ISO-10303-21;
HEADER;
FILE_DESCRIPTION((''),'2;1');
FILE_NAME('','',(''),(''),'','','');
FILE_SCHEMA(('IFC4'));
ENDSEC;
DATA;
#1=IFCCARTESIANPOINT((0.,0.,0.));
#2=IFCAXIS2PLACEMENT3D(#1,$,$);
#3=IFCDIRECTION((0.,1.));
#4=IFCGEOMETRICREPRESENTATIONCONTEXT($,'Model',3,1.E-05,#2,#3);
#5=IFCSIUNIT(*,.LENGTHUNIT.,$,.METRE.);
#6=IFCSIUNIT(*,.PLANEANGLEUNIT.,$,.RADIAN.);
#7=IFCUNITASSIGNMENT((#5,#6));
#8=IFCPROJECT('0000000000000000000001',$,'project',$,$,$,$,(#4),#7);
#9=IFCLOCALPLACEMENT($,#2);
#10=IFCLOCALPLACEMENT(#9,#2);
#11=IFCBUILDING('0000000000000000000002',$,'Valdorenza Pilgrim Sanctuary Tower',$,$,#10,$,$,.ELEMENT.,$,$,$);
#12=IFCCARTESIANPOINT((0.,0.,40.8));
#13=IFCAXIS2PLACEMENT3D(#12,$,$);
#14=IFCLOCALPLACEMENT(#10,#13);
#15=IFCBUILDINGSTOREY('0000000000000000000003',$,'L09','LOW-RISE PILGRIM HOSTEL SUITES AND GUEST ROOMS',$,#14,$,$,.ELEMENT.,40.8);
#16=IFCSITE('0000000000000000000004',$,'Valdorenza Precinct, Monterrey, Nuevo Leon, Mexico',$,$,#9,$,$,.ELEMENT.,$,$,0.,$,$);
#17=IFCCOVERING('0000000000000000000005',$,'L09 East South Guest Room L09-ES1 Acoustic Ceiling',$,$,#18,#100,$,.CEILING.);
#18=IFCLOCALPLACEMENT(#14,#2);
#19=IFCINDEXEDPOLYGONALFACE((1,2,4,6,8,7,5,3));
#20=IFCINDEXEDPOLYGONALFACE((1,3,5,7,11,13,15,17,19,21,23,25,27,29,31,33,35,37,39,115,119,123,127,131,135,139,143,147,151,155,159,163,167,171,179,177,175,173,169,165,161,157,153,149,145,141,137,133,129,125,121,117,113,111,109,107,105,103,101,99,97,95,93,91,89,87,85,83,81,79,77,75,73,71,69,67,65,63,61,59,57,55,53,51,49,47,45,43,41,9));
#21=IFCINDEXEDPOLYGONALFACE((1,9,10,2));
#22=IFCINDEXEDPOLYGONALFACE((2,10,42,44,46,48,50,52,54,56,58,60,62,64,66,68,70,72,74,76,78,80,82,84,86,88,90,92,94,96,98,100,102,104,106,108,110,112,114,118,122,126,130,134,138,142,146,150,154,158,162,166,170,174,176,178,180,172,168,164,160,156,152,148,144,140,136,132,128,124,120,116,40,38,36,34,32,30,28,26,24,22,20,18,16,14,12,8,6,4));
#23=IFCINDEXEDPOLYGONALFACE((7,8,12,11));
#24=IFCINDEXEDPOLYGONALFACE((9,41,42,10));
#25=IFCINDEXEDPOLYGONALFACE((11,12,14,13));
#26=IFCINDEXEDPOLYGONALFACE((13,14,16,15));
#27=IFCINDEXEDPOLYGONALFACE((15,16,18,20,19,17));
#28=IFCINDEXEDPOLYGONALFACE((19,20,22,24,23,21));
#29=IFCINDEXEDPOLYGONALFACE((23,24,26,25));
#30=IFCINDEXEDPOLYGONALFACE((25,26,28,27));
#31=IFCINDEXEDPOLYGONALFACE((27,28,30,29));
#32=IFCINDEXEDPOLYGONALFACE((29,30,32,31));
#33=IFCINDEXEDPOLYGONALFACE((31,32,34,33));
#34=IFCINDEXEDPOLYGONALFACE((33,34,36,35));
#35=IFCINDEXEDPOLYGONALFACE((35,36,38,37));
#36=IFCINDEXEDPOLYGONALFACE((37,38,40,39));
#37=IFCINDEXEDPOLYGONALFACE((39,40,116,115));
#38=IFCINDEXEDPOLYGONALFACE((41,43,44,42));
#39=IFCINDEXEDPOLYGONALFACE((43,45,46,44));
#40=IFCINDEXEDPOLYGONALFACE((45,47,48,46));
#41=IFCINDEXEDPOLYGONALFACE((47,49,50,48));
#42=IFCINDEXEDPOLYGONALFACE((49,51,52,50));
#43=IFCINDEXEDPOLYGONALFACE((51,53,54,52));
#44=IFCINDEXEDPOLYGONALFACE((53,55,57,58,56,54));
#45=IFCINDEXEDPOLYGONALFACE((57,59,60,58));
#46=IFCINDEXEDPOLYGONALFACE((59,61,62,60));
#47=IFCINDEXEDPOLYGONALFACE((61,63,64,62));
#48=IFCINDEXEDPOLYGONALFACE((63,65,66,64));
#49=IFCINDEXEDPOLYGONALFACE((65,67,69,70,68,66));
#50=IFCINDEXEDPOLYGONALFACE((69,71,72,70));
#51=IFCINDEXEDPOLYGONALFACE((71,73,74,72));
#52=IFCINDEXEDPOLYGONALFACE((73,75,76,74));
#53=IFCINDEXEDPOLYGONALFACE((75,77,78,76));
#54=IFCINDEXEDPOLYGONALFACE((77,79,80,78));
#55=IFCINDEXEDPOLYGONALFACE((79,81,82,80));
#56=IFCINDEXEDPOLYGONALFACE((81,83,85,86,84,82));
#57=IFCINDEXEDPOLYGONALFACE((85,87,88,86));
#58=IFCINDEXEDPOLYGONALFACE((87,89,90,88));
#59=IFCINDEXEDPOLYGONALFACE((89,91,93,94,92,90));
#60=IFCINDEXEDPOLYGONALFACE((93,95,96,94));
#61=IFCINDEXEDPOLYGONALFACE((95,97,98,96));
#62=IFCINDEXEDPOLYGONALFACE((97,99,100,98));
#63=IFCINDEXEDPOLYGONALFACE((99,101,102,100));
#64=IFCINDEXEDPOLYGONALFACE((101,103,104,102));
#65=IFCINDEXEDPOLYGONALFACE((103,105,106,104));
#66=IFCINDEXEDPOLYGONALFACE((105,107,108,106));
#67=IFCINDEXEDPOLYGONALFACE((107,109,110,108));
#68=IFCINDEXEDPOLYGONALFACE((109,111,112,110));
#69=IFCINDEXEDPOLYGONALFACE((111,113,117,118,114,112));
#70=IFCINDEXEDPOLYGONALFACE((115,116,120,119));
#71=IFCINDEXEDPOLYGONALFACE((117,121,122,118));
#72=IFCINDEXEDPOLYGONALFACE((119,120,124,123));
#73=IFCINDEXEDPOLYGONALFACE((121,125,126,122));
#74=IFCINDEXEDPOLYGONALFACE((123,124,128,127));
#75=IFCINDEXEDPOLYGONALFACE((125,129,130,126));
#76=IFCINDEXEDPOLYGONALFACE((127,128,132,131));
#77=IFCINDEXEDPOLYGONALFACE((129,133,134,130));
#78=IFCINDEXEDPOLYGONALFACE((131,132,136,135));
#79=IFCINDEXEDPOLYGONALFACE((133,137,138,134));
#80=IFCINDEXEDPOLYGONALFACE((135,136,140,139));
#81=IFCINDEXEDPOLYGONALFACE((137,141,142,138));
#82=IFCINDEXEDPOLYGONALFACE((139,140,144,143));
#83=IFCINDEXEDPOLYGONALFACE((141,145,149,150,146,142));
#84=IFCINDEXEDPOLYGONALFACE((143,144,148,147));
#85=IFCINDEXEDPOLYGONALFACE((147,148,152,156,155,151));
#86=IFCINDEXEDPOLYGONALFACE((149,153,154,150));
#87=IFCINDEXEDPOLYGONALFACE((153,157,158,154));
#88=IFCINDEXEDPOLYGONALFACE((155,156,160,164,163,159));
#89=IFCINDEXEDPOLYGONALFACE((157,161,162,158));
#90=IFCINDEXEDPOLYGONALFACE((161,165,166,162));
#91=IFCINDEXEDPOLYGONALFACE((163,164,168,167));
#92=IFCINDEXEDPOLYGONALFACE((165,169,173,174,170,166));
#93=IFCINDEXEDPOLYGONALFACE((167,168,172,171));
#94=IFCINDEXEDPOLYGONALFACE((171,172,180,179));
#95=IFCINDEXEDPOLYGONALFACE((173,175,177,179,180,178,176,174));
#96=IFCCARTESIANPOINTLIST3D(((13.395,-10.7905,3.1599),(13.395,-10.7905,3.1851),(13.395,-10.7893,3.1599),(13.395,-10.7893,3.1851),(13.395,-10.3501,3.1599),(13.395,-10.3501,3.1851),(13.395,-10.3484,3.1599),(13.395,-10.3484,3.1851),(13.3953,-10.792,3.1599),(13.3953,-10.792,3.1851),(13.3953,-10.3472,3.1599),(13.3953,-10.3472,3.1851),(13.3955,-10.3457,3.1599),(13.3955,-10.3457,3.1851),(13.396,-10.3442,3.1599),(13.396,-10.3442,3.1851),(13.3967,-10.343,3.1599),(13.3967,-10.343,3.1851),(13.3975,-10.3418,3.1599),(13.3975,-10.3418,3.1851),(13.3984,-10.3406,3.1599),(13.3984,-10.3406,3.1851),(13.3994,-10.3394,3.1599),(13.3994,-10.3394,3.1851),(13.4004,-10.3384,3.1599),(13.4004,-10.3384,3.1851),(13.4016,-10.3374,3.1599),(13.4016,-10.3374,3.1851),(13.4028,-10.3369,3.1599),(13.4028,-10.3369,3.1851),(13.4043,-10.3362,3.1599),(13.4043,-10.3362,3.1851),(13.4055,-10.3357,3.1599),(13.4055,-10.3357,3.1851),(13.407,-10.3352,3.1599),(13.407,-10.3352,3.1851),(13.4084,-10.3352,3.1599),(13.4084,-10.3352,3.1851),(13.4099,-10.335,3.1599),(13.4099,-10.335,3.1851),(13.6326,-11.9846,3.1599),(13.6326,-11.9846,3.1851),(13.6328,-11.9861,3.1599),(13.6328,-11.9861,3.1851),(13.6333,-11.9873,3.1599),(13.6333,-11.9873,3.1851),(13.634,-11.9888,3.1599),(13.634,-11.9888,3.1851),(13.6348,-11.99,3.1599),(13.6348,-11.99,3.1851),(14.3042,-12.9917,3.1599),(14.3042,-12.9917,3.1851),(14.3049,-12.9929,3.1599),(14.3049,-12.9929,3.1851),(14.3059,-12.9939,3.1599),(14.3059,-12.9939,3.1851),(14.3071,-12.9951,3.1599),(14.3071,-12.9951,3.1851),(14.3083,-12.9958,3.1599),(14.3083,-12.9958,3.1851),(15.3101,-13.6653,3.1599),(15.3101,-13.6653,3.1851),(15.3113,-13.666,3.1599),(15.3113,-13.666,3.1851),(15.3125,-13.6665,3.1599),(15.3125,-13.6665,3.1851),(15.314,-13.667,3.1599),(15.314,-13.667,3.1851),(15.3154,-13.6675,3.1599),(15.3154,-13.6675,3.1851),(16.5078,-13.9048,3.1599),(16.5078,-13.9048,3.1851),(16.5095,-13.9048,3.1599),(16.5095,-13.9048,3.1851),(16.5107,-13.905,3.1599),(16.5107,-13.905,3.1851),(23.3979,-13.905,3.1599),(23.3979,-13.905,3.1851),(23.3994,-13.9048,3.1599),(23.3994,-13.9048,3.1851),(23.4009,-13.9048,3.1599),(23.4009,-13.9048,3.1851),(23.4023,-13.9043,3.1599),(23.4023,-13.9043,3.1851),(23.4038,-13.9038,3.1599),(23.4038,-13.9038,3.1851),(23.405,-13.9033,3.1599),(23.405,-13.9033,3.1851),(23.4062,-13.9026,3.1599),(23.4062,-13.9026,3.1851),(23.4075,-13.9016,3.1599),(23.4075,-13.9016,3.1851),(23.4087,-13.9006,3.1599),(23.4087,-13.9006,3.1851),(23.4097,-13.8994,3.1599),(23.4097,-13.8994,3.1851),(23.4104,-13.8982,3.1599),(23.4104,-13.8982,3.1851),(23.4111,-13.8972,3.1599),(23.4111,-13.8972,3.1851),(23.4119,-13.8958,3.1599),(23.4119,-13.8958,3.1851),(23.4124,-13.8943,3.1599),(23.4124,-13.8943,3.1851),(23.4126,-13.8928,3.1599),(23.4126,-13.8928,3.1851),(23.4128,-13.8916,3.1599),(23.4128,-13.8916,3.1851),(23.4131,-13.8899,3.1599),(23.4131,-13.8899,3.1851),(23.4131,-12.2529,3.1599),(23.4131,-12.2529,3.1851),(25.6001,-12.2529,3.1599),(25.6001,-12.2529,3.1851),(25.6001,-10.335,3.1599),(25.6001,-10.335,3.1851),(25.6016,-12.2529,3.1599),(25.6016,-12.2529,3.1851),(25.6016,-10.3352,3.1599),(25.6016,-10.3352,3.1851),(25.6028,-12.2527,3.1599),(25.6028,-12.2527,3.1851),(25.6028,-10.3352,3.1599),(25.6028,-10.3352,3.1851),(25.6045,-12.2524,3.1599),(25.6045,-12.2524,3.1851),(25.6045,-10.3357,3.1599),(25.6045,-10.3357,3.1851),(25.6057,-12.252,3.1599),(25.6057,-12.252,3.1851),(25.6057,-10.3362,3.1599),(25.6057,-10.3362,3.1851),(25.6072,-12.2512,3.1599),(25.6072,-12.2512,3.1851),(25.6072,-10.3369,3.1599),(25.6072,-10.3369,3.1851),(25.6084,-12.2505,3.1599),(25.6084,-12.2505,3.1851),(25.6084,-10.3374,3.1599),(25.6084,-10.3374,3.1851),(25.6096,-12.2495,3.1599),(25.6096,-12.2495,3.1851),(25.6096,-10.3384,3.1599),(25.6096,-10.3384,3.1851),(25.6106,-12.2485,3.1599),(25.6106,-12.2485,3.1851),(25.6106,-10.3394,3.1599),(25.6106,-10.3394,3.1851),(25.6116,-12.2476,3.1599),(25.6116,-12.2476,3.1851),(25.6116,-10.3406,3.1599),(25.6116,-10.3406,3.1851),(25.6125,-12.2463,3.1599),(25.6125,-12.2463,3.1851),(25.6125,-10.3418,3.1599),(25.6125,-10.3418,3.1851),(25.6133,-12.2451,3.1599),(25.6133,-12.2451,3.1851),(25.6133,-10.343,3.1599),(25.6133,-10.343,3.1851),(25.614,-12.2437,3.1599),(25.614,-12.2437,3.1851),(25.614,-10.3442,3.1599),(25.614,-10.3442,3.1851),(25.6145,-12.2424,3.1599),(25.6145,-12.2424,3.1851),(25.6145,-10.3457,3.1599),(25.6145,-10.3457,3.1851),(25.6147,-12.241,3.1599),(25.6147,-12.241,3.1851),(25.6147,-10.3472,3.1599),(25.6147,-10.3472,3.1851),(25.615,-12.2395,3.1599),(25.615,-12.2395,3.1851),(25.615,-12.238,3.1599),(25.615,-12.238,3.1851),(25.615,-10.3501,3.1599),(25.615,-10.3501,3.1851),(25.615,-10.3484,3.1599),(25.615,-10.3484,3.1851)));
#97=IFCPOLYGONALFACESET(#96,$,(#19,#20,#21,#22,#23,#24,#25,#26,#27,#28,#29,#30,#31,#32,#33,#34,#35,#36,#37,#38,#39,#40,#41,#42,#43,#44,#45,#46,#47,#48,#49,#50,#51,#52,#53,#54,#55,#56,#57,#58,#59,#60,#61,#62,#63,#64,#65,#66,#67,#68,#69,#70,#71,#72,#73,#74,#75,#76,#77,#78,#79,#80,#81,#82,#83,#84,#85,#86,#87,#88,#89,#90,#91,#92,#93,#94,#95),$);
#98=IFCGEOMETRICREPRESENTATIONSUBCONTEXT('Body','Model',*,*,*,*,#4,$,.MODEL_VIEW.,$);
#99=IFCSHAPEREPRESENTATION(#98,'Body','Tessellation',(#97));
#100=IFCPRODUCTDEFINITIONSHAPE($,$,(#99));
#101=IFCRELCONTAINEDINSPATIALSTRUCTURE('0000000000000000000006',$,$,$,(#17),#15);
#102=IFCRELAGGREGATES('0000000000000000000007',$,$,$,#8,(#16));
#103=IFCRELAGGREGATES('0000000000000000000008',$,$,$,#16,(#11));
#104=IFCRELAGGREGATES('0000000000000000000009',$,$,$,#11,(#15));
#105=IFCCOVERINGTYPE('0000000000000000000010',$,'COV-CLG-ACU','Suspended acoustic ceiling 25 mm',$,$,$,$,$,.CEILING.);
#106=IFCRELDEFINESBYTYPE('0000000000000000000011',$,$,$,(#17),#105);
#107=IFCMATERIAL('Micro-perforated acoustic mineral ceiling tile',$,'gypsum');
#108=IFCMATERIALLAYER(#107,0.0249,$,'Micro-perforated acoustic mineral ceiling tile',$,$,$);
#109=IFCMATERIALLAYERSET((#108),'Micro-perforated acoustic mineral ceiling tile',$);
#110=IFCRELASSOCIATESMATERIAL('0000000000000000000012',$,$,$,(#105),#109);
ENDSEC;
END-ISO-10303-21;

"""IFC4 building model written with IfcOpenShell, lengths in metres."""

from ifc_helpers import new_model, si_unit, direction, frame, origin, place, context, subcontext, project, spatial, polyline, outline, extrude, material, layer, layer_set, type_object, element, save


model = new_model("IFC4")

# Units and contexts
model_context = context("Model", 3, precision=1e-05, world=origin(), true_north=direction((0.0, 1.0)))
body_context = subcontext(model_context, "Body", "Model", "MODEL_VIEW")
ifc_project = project(units=[si_unit("LENGTHUNIT", "METRE"), si_unit("PLANEANGLEUNIT", "RADIAN")], contexts=[model_context])

# Site, building, storey
site_placement = place(None, origin())
site = spatial("IfcSite", under=ifc_project, at=site_placement, Name="Valdorenza Precinct, Monterrey, Nuevo Leon, Mexico", CompositionType="ELEMENT", RefElevation=0.0)
building_placement = place(site_placement, origin())
building = spatial("IfcBuilding", under=site, at=building_placement, Name="Valdorenza Pilgrim Sanctuary Tower", CompositionType="ELEMENT")
storey_placement = place(building_placement, frame((0.0, 0.0, 40.8)))
storey = spatial("IfcBuildingStorey", under=building, at=storey_placement, Name="L09", Description="LOW-RISE PILGRIM HOSTEL SUITES AND GUEST ROOMS", CompositionType="ELEMENT", Elevation=40.8)

# Covering
ifc_material_1 = material(Name="Micro-perforated acoustic mineral ceiling tile", Category="gypsum")
ifc_layer_1 = layer(ifc_material_1, 0.0249, Name="Micro-perforated acoustic mineral ceiling tile")
ifc_layer_set_1 = layer_set([ifc_layer_1], Name="Micro-perforated acoustic mineral ceiling tile")
covering_type_1 = type_object("IfcCoveringType", Name="COV-CLG-ACU", Description="Suspended acoustic ceiling 25 mm", PredefinedType="CEILING", material=ifc_layer_set_1)
covering_1_placement = place(storey_placement, frame((0.0, 0.0, 3.1599)))
element("IfcCovering", 1, at=covering_1_placement, inside=storey, type_object=covering_type_1, Name="L09 East South Guest Room L09-ES1 Acoustic Ceiling", PredefinedType="CEILING", context=body_context, shape_type="SweptSolid", body=[
    extrude(outline(polyline([(23.4131, -12.2529), (23.4131, -13.8899), (23.4128, -13.8916), (23.4126, -13.8928), (23.4124, -13.8943), (23.4119, -13.8958), (23.4111, -13.8972), (23.4104, -13.8982), (23.4097, -13.8994), (23.4087, -13.9006), (23.4075, -13.9016), (23.4062, -13.9026), (23.405, -13.9033), (23.4038, -13.9038), (23.4023, -13.9043), (23.4009, -13.9048), (23.3994, -13.9048), (23.3979, -13.905), (16.5107, -13.905), (16.5095, -13.9048), (16.5078, -13.9048), (15.3154, -13.6675), (15.314, -13.667), (15.3125, -13.6665), (15.3113, -13.666), (15.3101, -13.6653), (14.3083, -12.9958), (14.3071, -12.9951), (14.3059, -12.9939), (14.3049, -12.9929), (14.3042, -12.9917), (13.6348, -11.99), (13.634, -11.9888), (13.6333, -11.9873), (13.6328, -11.9861), (13.6326, -11.9846), (13.3953, -10.792), (13.395, -10.7905), (13.395, -10.7893), (13.395, -10.3501), (13.395, -10.3484), (13.3953, -10.3472), (13.3955, -10.3457), (13.396, -10.3442), (13.3967, -10.343), (13.3975, -10.3418), (13.3984, -10.3406), (13.3994, -10.3394), (13.4004, -10.3384), (13.4016, -10.3374), (13.4028, -10.3369), (13.4043, -10.3362), (13.4055, -10.3357), (13.407, -10.3352), (13.4084, -10.3352), (13.4099, -10.335), (25.6001, -10.335), (25.6016, -10.3352), (25.6028, -10.3352), (25.6045, -10.3357), (25.6057, -10.3362), (25.6072, -10.3369), (25.6084, -10.3374), (25.6096, -10.3384), (25.6106, -10.3394), (25.6116, -10.3406), (25.6125, -10.3418), (25.6133, -10.343), (25.614, -10.3442), (25.6145, -10.3457), (25.6147, -10.3472), (25.615, -10.3484), (25.615, -10.3501), (25.615, -12.238), (25.615, -12.2395), (25.6147, -12.241), (25.6145, -12.2424), (25.614, -12.2437), (25.6133, -12.2451), (25.6125, -12.2463), (25.6116, -12.2476), (25.6106, -12.2485), (25.6096, -12.2495), (25.6084, -12.2505), (25.6072, -12.2512), (25.6057, -12.252), (25.6045, -12.2524), (25.6028, -12.2527), (25.6016, -12.2529), (25.6001, -12.2529), (23.4131, -12.2529)])), origin(), (0.0, 0.0, 1.0), 0.0251),
])

save(model, "model.ifc")
